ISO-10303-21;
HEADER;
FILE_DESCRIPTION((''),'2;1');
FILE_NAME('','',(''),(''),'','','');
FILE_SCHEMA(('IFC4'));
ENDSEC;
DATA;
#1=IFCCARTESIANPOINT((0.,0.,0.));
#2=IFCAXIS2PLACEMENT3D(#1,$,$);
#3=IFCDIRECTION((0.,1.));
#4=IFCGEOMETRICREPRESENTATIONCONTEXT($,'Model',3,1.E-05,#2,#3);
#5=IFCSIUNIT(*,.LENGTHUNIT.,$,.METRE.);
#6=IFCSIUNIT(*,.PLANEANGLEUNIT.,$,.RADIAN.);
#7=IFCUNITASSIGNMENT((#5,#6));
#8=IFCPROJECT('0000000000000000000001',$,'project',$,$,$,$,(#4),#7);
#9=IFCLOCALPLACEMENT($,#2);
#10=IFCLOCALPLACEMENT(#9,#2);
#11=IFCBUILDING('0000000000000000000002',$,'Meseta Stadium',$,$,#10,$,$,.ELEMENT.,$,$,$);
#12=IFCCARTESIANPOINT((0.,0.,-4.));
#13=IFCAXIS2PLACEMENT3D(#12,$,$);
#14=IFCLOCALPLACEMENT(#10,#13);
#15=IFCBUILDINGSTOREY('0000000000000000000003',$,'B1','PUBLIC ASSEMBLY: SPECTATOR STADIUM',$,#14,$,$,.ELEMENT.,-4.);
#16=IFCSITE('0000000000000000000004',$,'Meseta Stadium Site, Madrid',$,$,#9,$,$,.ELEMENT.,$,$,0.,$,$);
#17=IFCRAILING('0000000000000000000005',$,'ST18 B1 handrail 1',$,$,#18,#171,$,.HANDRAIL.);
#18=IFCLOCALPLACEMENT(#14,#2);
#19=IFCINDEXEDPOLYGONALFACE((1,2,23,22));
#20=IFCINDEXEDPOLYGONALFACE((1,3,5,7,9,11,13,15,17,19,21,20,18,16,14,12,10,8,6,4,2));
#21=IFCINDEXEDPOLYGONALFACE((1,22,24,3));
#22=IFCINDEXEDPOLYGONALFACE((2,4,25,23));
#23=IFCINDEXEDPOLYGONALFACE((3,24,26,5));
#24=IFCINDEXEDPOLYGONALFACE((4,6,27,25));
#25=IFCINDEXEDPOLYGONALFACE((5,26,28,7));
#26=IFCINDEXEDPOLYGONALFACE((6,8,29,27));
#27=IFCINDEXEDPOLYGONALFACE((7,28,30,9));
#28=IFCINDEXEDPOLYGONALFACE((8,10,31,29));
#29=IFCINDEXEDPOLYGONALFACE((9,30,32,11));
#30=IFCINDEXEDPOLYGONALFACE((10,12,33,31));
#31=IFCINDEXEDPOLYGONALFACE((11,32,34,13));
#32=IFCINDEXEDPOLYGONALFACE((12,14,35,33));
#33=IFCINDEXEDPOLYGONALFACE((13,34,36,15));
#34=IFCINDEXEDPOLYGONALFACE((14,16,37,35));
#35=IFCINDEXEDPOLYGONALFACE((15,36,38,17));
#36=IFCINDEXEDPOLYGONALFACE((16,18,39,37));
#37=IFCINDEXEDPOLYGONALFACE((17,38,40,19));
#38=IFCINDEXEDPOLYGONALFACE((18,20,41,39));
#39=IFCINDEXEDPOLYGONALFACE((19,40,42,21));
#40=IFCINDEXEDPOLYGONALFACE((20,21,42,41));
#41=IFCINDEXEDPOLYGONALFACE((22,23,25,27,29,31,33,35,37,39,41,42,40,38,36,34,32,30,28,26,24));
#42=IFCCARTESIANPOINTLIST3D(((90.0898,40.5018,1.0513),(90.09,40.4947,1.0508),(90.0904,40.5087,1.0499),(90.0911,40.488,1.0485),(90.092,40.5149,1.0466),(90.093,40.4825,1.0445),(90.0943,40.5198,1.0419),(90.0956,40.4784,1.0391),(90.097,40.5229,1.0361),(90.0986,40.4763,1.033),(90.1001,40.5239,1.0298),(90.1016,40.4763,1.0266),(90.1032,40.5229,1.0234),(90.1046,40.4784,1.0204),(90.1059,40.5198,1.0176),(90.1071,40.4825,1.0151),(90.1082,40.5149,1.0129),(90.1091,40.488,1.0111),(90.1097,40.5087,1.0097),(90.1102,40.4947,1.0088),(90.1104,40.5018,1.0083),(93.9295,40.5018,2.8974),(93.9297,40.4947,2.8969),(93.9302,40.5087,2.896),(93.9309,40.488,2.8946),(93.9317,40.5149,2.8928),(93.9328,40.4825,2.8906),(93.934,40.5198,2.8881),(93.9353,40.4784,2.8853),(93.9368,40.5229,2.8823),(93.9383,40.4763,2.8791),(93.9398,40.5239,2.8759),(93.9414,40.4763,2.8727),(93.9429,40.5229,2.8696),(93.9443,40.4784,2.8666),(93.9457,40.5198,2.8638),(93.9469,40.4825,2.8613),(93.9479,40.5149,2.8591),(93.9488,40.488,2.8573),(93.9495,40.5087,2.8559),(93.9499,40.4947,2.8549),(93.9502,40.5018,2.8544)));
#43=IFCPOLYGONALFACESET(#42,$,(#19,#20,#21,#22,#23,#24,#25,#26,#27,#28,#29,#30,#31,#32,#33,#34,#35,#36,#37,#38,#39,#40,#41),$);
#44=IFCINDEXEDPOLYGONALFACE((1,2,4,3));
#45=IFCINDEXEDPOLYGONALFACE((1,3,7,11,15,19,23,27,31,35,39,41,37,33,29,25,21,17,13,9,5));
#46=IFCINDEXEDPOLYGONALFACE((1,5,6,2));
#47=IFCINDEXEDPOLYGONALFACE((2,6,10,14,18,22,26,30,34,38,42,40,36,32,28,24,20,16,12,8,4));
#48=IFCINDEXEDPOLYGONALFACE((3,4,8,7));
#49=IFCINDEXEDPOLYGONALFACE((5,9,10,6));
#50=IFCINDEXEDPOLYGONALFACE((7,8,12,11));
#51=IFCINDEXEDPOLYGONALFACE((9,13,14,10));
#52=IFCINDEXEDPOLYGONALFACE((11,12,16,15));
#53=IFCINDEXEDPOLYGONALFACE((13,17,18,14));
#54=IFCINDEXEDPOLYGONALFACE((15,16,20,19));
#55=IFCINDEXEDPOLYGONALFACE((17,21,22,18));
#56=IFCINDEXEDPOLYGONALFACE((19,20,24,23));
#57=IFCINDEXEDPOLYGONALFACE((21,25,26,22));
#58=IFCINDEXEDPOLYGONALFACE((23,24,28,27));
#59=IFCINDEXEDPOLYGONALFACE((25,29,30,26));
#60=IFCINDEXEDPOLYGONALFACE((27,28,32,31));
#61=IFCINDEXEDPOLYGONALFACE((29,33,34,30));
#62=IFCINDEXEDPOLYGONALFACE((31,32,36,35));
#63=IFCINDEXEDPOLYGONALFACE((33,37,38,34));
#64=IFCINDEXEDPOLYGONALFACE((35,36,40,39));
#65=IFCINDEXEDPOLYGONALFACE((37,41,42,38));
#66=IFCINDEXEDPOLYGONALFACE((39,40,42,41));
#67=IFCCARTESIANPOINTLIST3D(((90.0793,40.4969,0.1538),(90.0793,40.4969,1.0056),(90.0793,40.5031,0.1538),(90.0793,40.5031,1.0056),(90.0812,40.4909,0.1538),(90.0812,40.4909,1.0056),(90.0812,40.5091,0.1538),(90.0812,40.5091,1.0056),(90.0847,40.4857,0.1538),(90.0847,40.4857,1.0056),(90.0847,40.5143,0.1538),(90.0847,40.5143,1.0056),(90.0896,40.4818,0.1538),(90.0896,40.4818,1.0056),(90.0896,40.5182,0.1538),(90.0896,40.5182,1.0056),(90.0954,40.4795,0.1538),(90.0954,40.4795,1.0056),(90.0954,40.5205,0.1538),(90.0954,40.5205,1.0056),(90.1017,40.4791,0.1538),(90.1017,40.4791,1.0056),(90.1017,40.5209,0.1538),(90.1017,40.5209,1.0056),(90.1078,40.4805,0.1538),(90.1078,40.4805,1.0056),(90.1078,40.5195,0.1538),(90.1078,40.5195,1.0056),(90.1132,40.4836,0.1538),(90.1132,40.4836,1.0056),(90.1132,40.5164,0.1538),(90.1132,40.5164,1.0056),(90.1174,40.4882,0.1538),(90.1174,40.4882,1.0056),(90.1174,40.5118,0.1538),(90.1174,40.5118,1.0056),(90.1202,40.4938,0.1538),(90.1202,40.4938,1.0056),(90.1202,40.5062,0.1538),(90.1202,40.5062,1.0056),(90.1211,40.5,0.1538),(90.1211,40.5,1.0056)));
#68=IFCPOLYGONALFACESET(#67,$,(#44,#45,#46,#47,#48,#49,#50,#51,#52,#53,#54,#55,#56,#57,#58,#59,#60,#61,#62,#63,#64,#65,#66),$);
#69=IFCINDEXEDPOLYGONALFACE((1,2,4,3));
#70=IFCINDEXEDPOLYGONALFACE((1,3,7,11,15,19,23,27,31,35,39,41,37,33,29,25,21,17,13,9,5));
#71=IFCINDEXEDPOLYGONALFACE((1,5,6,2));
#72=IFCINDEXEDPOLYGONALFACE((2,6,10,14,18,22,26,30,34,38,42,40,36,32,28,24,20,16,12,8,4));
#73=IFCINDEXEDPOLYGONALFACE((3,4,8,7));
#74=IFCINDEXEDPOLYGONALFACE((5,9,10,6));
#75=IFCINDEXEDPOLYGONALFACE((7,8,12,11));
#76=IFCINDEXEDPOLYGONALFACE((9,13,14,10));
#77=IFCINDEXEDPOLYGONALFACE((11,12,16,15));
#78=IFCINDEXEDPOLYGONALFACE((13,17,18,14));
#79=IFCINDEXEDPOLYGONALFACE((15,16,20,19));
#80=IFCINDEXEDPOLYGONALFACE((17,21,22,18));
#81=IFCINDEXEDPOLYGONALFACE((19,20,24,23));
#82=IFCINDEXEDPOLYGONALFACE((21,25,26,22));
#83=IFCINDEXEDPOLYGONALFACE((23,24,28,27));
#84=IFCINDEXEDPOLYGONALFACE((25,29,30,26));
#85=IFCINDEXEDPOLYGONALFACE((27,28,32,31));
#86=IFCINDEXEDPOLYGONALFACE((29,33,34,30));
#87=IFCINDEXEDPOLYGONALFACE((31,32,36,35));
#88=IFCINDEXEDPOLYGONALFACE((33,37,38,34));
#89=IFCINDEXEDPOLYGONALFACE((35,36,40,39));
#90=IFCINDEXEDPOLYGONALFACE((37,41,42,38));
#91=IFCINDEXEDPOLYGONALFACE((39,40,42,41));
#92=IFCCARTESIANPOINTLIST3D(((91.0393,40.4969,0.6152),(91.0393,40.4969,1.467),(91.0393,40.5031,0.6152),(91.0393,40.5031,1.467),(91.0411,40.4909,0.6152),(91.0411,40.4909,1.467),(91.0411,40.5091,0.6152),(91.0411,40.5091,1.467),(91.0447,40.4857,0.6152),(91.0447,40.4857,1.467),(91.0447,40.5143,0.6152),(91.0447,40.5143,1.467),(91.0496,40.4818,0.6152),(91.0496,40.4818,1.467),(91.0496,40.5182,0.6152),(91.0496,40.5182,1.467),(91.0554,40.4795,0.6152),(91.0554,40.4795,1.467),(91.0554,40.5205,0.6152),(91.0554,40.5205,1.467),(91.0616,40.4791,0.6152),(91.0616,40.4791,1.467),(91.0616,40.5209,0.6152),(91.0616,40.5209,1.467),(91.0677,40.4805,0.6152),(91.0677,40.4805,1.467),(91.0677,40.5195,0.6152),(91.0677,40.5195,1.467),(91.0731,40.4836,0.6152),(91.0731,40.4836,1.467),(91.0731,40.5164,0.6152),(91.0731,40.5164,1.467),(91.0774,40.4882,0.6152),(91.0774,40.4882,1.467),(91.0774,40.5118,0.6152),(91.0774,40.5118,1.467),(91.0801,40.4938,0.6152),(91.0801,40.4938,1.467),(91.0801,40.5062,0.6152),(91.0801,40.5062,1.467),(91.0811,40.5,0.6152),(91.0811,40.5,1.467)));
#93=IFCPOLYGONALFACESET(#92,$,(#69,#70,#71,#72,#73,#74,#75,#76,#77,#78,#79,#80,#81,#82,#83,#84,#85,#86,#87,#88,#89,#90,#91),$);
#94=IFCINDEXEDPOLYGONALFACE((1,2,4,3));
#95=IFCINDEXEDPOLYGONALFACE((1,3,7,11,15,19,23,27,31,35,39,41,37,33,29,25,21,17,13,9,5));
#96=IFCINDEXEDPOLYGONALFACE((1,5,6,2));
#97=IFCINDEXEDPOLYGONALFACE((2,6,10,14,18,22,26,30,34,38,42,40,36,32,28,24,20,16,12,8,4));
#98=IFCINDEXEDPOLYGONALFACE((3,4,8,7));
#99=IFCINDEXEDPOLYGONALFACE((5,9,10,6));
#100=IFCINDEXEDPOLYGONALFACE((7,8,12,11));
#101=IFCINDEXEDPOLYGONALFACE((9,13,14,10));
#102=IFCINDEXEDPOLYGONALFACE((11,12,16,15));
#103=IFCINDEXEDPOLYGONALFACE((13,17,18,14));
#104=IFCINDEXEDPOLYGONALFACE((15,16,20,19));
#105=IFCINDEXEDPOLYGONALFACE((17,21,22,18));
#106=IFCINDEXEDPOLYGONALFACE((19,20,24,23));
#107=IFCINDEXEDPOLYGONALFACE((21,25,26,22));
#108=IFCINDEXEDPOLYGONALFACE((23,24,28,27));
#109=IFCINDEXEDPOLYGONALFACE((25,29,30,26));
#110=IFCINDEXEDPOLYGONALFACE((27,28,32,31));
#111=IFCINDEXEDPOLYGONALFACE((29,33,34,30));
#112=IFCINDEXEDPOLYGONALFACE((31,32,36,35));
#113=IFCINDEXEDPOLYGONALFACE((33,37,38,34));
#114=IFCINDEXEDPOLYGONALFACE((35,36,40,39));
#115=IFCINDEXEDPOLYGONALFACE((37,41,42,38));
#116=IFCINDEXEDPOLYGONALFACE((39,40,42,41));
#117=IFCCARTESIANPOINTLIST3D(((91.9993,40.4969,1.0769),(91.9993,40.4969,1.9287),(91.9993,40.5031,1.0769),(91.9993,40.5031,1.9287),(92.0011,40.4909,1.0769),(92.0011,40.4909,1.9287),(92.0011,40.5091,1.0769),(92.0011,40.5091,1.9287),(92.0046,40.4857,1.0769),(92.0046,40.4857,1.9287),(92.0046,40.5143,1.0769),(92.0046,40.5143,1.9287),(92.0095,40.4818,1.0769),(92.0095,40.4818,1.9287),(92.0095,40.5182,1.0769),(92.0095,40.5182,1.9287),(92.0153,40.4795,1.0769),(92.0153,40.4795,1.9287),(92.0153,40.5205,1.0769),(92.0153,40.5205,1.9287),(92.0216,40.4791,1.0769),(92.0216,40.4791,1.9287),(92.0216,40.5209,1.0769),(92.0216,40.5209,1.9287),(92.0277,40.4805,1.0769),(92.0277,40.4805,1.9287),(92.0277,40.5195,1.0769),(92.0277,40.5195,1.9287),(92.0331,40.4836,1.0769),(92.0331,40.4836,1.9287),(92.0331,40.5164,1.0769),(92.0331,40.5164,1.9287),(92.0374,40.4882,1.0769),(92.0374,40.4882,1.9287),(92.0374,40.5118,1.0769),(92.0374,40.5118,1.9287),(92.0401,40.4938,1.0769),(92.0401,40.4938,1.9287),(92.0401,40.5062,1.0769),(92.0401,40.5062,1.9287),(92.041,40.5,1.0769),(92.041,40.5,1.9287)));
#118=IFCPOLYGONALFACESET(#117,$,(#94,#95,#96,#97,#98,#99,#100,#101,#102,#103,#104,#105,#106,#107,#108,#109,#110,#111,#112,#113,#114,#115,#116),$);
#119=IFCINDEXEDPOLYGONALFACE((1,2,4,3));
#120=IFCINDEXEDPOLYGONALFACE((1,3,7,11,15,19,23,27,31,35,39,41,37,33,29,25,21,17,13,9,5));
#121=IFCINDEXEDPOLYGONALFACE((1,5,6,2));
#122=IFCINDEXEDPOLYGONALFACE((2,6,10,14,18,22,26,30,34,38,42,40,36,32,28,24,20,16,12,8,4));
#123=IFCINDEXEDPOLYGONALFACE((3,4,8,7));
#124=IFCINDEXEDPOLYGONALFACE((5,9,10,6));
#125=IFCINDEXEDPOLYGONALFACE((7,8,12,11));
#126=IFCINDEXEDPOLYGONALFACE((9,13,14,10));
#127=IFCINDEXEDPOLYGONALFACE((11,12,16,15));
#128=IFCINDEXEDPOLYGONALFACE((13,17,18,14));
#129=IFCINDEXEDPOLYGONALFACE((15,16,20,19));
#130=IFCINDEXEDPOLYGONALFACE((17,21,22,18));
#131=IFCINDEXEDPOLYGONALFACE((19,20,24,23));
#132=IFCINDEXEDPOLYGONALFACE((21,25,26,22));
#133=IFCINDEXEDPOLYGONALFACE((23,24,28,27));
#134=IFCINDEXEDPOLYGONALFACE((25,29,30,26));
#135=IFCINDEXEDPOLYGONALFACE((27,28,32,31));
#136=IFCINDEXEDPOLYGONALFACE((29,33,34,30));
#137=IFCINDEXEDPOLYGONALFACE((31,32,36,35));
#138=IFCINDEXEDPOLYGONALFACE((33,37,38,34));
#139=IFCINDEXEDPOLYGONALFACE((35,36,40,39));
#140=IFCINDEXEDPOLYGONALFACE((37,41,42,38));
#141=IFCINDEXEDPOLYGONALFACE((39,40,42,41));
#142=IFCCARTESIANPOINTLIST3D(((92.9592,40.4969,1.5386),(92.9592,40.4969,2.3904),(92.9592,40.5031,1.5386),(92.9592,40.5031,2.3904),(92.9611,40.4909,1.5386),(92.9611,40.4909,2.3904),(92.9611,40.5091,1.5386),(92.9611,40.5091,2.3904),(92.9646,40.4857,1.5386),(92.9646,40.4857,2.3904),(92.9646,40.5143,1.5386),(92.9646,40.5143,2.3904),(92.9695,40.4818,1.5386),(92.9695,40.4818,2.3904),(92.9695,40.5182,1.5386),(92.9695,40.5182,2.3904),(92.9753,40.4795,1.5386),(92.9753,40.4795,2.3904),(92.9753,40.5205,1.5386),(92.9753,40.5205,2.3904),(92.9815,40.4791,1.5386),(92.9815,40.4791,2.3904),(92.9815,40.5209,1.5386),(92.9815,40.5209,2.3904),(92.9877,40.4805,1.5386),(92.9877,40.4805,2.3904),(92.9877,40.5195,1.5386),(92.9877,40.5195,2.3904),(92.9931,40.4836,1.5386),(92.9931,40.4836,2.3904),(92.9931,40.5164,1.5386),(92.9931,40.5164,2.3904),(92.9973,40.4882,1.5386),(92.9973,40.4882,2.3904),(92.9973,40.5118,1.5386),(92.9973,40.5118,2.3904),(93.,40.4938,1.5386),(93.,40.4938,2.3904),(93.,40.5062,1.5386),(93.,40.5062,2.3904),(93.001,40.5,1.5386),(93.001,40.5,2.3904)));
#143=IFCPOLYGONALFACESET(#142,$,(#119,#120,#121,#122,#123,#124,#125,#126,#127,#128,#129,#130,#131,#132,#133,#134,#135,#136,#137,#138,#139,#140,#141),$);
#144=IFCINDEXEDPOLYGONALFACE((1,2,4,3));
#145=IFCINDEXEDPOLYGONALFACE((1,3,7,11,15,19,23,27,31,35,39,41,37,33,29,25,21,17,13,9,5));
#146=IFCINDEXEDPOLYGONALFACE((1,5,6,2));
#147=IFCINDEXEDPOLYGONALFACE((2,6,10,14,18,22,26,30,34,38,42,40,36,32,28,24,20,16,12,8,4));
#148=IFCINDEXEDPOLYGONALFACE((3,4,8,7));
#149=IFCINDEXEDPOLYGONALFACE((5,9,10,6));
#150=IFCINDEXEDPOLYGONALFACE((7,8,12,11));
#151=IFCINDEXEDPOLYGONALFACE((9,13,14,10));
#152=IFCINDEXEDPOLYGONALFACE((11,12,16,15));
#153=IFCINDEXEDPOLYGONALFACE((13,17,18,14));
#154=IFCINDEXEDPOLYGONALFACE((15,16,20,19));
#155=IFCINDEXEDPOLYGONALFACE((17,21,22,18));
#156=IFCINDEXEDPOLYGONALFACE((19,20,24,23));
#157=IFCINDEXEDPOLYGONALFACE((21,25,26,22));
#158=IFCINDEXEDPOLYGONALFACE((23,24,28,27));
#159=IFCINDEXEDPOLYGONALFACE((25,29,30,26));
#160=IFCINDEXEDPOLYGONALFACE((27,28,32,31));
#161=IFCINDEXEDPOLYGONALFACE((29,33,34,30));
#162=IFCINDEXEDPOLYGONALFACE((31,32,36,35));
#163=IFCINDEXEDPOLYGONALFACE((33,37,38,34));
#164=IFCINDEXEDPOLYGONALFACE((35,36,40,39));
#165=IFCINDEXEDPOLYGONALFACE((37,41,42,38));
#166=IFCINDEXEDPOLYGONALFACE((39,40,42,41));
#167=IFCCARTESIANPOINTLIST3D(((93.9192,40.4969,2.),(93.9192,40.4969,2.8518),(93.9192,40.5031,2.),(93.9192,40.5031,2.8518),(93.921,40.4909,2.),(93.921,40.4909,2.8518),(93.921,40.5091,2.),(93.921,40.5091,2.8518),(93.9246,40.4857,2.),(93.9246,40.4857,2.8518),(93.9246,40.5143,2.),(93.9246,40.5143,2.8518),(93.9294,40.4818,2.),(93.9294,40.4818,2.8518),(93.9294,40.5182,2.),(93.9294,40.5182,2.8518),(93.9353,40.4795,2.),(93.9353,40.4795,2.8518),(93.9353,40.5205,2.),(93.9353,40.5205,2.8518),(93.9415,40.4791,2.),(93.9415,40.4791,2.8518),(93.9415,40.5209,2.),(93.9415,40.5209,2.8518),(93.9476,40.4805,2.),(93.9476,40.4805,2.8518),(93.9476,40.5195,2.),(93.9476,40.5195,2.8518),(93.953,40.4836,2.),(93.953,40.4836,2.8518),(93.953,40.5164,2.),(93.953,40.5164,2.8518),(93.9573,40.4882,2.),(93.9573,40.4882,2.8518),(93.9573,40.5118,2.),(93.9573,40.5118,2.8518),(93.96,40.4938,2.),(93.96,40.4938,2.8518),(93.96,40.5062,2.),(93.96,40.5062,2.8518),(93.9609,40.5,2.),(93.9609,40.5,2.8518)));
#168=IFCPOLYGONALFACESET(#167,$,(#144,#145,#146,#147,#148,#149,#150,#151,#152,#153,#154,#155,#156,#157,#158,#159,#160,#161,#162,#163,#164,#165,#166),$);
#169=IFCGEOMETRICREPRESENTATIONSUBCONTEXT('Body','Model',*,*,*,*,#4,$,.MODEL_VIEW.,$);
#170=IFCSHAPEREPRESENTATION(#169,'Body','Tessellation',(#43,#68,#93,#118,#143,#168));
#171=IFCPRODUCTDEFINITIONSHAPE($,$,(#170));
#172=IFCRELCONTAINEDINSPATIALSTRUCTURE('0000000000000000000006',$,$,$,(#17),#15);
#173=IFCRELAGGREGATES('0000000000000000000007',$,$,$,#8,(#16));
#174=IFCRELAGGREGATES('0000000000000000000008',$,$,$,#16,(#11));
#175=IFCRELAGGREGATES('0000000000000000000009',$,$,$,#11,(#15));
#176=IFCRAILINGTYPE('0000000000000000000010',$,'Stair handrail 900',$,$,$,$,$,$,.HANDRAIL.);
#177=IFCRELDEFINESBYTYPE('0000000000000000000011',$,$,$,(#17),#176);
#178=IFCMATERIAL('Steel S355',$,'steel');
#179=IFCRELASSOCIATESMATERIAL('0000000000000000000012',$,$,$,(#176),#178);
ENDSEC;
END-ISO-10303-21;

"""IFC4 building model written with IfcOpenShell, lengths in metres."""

from ifc_helpers import new_model, si_unit, direction, frame, origin, origin_2d, place, context, subcontext, project, spatial, circle, extrude, material, type_object, element, save


model = new_model("IFC4")

# Units and contexts
model_context = context("Model", 3, precision=1e-05, world=origin(), true_north=direction((0.0, 1.0)))
body_context = subcontext(model_context, "Body", "Model", "MODEL_VIEW")
ifc_project = project(units=[si_unit("LENGTHUNIT", "METRE"), si_unit("PLANEANGLEUNIT", "RADIAN")], contexts=[model_context])

# Site, building, storey
site_placement = place(None, origin())
site = spatial("IfcSite", under=ifc_project, at=site_placement, Name="Meseta Stadium Site, Madrid", CompositionType="ELEMENT", RefElevation=0.0)
building_placement = place(site_placement, origin())
building = spatial("IfcBuilding", under=site, at=building_placement, Name="Meseta Stadium", CompositionType="ELEMENT")
storey_placement = place(building_placement, frame((0.0, 0.0, -4.0)))
storey = spatial("IfcBuildingStorey", under=building, at=storey_placement, Name="B1", Description="PUBLIC ASSEMBLY: SPECTATOR STADIUM", CompositionType="ELEMENT", Elevation=-4.0)

# Railing
ifc_material_1 = material(Name="Steel S355", Category="steel")
railing_type_1 = type_object("IfcRailingType", Name="Stair handrail 900", PredefinedType="HANDRAIL", material=ifc_material_1)
for number, where, name in (
    (1, (90.1001, 40.5, 0.1538), "ST18 B1 handrail 1"),
):
    element("IfcRailing", number, at=place(storey_placement, frame(where)), inside=storey, type_object=railing_type_1, Name=name, PredefinedType="HANDRAIL", context=body_context, shape_type="SweptSolid", body=[
        extrude(circle(Radius=0.0239, at=origin_2d()), frame((0.0, 0.0, 0.876), z_axis=(0.901242, 0.0, 0.433316), x_axis=(0.0, 1.0, 0.0)), (0.0, 0.0, 1.0), 4.2605),
        extrude(circle(Radius=0.021, at=origin_2d()), origin(), (0.0, 0.0, 1.0), 0.8518),
        extrude(circle(Radius=0.021, at=origin_2d()), frame((0.96, 0.0, 0.4614)), (0.0, 0.0, 1.0), 0.8518),
        extrude(circle(Radius=0.021, at=origin_2d()), frame((1.9199, 0.0, 0.9231)), (0.0, 0.0, 1.0), 0.8518),
        extrude(circle(Radius=0.021, at=origin_2d()), frame((2.8799, 0.0, 1.3848)), (0.0, 0.0, 1.0), 0.8518),
        extrude(circle(Radius=0.021, at=origin_2d()), frame((3.8398, 0.0, 1.8462)), (0.0, 0.0, 1.0), 0.8518),
    ])

save(model, "model.ifc")
